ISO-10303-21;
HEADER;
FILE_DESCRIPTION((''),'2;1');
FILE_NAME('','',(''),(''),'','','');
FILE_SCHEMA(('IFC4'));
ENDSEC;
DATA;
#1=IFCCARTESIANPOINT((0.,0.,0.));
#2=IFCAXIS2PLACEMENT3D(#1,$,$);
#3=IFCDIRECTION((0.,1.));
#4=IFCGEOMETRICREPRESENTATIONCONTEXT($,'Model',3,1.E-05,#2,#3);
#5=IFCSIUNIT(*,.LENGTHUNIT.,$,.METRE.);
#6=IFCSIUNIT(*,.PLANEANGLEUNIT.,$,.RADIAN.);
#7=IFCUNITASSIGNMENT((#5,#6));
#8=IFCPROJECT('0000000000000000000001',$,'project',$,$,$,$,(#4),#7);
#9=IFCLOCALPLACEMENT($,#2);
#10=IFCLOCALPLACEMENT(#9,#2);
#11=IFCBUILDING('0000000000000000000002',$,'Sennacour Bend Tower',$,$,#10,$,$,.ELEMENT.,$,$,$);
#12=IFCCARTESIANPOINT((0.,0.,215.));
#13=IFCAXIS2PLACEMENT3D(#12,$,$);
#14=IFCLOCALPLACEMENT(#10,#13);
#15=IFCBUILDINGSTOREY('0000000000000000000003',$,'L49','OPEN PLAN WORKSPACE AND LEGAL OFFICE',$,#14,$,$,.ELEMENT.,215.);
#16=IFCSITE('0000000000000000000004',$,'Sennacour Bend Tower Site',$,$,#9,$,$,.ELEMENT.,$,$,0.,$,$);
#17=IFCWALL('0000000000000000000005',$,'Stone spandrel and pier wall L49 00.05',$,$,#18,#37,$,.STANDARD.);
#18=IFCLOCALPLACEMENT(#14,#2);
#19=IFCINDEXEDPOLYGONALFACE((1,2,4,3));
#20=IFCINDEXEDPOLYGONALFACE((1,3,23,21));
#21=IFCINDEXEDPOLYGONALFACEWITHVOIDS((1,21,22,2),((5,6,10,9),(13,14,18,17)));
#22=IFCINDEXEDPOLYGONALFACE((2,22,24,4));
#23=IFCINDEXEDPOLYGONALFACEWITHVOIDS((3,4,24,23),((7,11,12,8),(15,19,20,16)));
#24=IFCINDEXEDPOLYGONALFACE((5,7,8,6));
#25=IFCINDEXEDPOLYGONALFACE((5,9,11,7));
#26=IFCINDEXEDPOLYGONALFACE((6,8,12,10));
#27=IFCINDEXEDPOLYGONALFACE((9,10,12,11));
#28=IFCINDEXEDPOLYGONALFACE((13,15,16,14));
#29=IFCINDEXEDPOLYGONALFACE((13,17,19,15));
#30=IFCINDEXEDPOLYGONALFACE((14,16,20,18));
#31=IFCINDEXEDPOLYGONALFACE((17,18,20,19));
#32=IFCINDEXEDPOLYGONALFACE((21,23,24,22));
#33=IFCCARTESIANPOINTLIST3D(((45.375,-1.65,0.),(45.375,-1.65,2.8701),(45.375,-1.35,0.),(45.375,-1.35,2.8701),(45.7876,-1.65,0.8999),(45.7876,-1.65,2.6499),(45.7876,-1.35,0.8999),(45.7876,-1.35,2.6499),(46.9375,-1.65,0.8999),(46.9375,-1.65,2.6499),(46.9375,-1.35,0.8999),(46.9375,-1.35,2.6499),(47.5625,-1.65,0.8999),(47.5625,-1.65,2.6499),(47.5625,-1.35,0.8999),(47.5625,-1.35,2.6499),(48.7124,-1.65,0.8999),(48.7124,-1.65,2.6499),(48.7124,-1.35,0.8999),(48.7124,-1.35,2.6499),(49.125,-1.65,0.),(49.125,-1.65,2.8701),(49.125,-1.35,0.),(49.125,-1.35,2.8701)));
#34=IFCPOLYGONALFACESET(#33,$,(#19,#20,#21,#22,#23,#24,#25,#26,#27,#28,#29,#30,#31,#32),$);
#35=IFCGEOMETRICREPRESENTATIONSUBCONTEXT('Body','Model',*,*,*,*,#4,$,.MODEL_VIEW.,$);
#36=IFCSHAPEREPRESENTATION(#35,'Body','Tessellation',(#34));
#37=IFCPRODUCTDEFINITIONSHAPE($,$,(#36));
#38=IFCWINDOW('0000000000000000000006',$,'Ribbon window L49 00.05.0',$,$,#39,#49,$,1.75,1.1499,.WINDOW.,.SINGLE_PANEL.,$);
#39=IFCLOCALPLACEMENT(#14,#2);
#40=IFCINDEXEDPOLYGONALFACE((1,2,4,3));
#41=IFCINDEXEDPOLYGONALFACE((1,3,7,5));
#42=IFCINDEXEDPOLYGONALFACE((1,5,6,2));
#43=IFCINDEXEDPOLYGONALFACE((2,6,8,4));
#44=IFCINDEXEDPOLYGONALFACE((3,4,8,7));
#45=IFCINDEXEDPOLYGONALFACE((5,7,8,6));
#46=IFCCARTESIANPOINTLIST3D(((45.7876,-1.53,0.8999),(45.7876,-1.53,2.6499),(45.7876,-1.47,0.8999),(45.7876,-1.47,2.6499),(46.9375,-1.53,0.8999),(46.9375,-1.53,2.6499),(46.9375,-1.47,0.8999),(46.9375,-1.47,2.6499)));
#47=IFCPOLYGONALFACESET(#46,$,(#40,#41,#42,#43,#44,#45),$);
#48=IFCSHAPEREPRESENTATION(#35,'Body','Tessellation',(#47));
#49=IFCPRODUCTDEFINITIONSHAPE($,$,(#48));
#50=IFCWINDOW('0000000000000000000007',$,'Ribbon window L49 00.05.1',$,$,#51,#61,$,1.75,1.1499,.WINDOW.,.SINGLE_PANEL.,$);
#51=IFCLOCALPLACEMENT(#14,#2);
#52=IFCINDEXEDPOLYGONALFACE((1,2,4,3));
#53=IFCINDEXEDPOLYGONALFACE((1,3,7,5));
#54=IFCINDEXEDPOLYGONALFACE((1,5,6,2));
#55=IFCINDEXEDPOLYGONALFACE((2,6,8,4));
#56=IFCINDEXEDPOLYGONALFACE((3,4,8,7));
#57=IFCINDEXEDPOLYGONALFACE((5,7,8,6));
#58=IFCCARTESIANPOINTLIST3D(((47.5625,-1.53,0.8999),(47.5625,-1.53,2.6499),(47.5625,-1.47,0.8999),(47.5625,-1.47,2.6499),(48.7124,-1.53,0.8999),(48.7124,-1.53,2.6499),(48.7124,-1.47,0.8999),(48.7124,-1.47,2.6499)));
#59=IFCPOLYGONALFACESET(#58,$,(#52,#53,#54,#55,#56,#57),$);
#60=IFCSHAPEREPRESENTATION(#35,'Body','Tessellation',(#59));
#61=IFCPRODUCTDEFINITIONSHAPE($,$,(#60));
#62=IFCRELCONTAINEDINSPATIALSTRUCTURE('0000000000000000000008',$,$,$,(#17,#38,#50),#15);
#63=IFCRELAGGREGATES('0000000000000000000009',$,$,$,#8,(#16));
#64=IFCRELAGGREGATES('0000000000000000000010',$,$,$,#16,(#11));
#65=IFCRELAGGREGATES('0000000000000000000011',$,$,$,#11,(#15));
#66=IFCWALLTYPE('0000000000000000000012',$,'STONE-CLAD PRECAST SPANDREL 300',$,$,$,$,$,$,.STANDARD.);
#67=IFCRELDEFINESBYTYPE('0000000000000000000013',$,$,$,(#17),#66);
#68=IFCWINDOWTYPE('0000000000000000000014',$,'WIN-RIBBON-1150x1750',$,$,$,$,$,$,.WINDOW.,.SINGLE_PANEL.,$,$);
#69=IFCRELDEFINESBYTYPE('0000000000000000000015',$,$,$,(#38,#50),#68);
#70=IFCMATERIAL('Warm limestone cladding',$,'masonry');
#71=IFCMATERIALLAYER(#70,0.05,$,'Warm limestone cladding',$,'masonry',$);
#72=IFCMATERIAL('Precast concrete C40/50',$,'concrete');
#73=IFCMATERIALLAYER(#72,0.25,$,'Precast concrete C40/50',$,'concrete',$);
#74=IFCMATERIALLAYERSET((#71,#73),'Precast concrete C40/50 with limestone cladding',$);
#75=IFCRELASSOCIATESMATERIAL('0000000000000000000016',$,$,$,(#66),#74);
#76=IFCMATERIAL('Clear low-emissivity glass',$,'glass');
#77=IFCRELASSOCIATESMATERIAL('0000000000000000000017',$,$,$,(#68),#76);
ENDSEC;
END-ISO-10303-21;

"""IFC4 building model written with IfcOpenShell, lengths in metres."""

from ifc_helpers import new_model, si_unit, direction, frame, frame_2d, origin, place, context, subcontext, project, spatial, rectangle, extrude, material, layer, layer_set, type_object, element, fill, save


model = new_model("IFC4")

# Units and contexts
model_context = context("Model", 3, precision=1e-05, world=origin(), true_north=direction((0.0, 1.0)))
body_context = subcontext(model_context, "Body", "Model", "MODEL_VIEW")
ifc_project = project(units=[si_unit("LENGTHUNIT", "METRE"), si_unit("PLANEANGLEUNIT", "RADIAN")], contexts=[model_context])

# Site, building, storey
site_placement = place(None, origin())
site = spatial("IfcSite", under=ifc_project, at=site_placement, Name="Sennacour Bend Tower Site", CompositionType="ELEMENT", RefElevation=0.0)
building_placement = place(site_placement, origin())
building = spatial("IfcBuilding", under=site, at=building_placement, Name="Sennacour Bend Tower", CompositionType="ELEMENT")
storey_placement = place(building_placement, frame((0.0, 0.0, 215.0)))
storey = spatial("IfcBuildingStorey", under=building, at=storey_placement, Name="L49", Description="OPEN PLAN WORKSPACE AND LEGAL OFFICE", CompositionType="ELEMENT", Elevation=215.0)

# Wall, openings, windows
ifc_material_1 = material(Name="Warm limestone cladding", Category="masonry")
ifc_layer_1 = layer(ifc_material_1, 0.05, Name="Warm limestone cladding", Category="masonry")
ifc_material_2 = material(Name="Precast concrete C40/50", Category="concrete")
ifc_layer_2 = layer(ifc_material_2, 0.25, Name="Precast concrete C40/50", Category="concrete")
ifc_layer_set_1 = layer_set([ifc_layer_1, ifc_layer_2], Name="Precast concrete C40/50 with limestone cladding")
wall_type_1 = type_object("IfcWallType", Name="STONE-CLAD PRECAST SPANDREL 300", PredefinedType="STANDARD", material=ifc_layer_set_1)
wall_1_placement = place(storey_placement, frame((45.375, -1.5, 0.0), z_axis=(0.0, 0.0, 1.0), x_axis=(1.0, 0.0, 0.0)))
wall_1 = element("IfcWall", 1, at=wall_1_placement, inside=storey, type_object=wall_type_1, Name="Stone spandrel and pier wall L49 00.05", PredefinedType="STANDARD", context=body_context, shape_type="SweptSolid", body=[
    extrude(rectangle(XDim=3.75, YDim=0.3, at=frame_2d((1.875, 0.0))), origin(), (0.0, 0.0, 1.0), 2.8701),
])
opening_1_placement = place(wall_1_placement, frame((0.4126, 0.0, 0.8999)))
opening_1 = element("IfcOpeningElement", 2, at=opening_1_placement, cuts=wall_1, PredefinedType="OPENING", context=body_context, shape_type="SweptSolid", body=[
    extrude(rectangle(XDim=1.1499, YDim=1.75, at=frame_2d((0.575, 0.875))), frame((0.0, 0.1602, 0.0), z_axis=(0.0, -1.0, 0.0), x_axis=(1.0, 0.0, 0.0)), (0.0, 0.0, 1.0), 0.3201),
])
opening_2_placement = place(wall_1_placement, frame((2.1875, 0.0, 0.8999)))
opening_2 = element("IfcOpeningElement", 3, at=opening_2_placement, cuts=wall_1, PredefinedType="OPENING", context=body_context, shape_type="SweptSolid", body=[
    extrude(rectangle(XDim=1.1499, YDim=1.75, at=frame_2d((0.575, 0.875))), frame((0.0, 0.1602, 0.0), z_axis=(0.0, -1.0, 0.0), x_axis=(1.0, 0.0, 0.0)), (0.0, 0.0, 1.0), 0.3201),
])
ifc_material_3 = material(Name="Clear low-emissivity glass", Category="glass")
window_type = type_object("IfcWindowType", Name="WIN-RIBBON-1150x1750", PartitioningType="SINGLE_PANEL", PredefinedType="WINDOW", material=ifc_material_3)
window_1_placement = place(opening_1_placement, origin())
window_1 = element("IfcWindow", 4, at=window_1_placement, inside=storey, type_object=window_type, Name="Ribbon window L49 00.05.0", OverallHeight=1.75, OverallWidth=1.1499, PartitioningType="SINGLE_PANEL", PredefinedType="WINDOW", context=body_context, shape_type="SweptSolid", body=[
    extrude(rectangle(XDim=1.1499, YDim=1.75, at=frame_2d((0.575, 0.875))), frame((0.0, 0.03, 0.0), z_axis=(0.0, -1.0, 0.0), x_axis=(1.0, 0.0, 0.0)), (0.0, 0.0, 1.0), 0.0601),
])
fill(opening_1, window_1)
window_2_placement = place(opening_2_placement, origin())
window_2 = element("IfcWindow", 5, at=window_2_placement, inside=storey, type_object=window_type, Name="Ribbon window L49 00.05.1", OverallHeight=1.75, OverallWidth=1.1499, PartitioningType="SINGLE_PANEL", PredefinedType="WINDOW", context=body_context, shape_type="SweptSolid", body=[
    extrude(rectangle(XDim=1.1499, YDim=1.75, at=frame_2d((0.575, 0.875))), frame((0.0, 0.03, 0.0), z_axis=(0.0, -1.0, 0.0), x_axis=(1.0, 0.0, 0.0)), (0.0, 0.0, 1.0), 0.0601),
])
fill(opening_2, window_2)

save(model, "model.ifc")
